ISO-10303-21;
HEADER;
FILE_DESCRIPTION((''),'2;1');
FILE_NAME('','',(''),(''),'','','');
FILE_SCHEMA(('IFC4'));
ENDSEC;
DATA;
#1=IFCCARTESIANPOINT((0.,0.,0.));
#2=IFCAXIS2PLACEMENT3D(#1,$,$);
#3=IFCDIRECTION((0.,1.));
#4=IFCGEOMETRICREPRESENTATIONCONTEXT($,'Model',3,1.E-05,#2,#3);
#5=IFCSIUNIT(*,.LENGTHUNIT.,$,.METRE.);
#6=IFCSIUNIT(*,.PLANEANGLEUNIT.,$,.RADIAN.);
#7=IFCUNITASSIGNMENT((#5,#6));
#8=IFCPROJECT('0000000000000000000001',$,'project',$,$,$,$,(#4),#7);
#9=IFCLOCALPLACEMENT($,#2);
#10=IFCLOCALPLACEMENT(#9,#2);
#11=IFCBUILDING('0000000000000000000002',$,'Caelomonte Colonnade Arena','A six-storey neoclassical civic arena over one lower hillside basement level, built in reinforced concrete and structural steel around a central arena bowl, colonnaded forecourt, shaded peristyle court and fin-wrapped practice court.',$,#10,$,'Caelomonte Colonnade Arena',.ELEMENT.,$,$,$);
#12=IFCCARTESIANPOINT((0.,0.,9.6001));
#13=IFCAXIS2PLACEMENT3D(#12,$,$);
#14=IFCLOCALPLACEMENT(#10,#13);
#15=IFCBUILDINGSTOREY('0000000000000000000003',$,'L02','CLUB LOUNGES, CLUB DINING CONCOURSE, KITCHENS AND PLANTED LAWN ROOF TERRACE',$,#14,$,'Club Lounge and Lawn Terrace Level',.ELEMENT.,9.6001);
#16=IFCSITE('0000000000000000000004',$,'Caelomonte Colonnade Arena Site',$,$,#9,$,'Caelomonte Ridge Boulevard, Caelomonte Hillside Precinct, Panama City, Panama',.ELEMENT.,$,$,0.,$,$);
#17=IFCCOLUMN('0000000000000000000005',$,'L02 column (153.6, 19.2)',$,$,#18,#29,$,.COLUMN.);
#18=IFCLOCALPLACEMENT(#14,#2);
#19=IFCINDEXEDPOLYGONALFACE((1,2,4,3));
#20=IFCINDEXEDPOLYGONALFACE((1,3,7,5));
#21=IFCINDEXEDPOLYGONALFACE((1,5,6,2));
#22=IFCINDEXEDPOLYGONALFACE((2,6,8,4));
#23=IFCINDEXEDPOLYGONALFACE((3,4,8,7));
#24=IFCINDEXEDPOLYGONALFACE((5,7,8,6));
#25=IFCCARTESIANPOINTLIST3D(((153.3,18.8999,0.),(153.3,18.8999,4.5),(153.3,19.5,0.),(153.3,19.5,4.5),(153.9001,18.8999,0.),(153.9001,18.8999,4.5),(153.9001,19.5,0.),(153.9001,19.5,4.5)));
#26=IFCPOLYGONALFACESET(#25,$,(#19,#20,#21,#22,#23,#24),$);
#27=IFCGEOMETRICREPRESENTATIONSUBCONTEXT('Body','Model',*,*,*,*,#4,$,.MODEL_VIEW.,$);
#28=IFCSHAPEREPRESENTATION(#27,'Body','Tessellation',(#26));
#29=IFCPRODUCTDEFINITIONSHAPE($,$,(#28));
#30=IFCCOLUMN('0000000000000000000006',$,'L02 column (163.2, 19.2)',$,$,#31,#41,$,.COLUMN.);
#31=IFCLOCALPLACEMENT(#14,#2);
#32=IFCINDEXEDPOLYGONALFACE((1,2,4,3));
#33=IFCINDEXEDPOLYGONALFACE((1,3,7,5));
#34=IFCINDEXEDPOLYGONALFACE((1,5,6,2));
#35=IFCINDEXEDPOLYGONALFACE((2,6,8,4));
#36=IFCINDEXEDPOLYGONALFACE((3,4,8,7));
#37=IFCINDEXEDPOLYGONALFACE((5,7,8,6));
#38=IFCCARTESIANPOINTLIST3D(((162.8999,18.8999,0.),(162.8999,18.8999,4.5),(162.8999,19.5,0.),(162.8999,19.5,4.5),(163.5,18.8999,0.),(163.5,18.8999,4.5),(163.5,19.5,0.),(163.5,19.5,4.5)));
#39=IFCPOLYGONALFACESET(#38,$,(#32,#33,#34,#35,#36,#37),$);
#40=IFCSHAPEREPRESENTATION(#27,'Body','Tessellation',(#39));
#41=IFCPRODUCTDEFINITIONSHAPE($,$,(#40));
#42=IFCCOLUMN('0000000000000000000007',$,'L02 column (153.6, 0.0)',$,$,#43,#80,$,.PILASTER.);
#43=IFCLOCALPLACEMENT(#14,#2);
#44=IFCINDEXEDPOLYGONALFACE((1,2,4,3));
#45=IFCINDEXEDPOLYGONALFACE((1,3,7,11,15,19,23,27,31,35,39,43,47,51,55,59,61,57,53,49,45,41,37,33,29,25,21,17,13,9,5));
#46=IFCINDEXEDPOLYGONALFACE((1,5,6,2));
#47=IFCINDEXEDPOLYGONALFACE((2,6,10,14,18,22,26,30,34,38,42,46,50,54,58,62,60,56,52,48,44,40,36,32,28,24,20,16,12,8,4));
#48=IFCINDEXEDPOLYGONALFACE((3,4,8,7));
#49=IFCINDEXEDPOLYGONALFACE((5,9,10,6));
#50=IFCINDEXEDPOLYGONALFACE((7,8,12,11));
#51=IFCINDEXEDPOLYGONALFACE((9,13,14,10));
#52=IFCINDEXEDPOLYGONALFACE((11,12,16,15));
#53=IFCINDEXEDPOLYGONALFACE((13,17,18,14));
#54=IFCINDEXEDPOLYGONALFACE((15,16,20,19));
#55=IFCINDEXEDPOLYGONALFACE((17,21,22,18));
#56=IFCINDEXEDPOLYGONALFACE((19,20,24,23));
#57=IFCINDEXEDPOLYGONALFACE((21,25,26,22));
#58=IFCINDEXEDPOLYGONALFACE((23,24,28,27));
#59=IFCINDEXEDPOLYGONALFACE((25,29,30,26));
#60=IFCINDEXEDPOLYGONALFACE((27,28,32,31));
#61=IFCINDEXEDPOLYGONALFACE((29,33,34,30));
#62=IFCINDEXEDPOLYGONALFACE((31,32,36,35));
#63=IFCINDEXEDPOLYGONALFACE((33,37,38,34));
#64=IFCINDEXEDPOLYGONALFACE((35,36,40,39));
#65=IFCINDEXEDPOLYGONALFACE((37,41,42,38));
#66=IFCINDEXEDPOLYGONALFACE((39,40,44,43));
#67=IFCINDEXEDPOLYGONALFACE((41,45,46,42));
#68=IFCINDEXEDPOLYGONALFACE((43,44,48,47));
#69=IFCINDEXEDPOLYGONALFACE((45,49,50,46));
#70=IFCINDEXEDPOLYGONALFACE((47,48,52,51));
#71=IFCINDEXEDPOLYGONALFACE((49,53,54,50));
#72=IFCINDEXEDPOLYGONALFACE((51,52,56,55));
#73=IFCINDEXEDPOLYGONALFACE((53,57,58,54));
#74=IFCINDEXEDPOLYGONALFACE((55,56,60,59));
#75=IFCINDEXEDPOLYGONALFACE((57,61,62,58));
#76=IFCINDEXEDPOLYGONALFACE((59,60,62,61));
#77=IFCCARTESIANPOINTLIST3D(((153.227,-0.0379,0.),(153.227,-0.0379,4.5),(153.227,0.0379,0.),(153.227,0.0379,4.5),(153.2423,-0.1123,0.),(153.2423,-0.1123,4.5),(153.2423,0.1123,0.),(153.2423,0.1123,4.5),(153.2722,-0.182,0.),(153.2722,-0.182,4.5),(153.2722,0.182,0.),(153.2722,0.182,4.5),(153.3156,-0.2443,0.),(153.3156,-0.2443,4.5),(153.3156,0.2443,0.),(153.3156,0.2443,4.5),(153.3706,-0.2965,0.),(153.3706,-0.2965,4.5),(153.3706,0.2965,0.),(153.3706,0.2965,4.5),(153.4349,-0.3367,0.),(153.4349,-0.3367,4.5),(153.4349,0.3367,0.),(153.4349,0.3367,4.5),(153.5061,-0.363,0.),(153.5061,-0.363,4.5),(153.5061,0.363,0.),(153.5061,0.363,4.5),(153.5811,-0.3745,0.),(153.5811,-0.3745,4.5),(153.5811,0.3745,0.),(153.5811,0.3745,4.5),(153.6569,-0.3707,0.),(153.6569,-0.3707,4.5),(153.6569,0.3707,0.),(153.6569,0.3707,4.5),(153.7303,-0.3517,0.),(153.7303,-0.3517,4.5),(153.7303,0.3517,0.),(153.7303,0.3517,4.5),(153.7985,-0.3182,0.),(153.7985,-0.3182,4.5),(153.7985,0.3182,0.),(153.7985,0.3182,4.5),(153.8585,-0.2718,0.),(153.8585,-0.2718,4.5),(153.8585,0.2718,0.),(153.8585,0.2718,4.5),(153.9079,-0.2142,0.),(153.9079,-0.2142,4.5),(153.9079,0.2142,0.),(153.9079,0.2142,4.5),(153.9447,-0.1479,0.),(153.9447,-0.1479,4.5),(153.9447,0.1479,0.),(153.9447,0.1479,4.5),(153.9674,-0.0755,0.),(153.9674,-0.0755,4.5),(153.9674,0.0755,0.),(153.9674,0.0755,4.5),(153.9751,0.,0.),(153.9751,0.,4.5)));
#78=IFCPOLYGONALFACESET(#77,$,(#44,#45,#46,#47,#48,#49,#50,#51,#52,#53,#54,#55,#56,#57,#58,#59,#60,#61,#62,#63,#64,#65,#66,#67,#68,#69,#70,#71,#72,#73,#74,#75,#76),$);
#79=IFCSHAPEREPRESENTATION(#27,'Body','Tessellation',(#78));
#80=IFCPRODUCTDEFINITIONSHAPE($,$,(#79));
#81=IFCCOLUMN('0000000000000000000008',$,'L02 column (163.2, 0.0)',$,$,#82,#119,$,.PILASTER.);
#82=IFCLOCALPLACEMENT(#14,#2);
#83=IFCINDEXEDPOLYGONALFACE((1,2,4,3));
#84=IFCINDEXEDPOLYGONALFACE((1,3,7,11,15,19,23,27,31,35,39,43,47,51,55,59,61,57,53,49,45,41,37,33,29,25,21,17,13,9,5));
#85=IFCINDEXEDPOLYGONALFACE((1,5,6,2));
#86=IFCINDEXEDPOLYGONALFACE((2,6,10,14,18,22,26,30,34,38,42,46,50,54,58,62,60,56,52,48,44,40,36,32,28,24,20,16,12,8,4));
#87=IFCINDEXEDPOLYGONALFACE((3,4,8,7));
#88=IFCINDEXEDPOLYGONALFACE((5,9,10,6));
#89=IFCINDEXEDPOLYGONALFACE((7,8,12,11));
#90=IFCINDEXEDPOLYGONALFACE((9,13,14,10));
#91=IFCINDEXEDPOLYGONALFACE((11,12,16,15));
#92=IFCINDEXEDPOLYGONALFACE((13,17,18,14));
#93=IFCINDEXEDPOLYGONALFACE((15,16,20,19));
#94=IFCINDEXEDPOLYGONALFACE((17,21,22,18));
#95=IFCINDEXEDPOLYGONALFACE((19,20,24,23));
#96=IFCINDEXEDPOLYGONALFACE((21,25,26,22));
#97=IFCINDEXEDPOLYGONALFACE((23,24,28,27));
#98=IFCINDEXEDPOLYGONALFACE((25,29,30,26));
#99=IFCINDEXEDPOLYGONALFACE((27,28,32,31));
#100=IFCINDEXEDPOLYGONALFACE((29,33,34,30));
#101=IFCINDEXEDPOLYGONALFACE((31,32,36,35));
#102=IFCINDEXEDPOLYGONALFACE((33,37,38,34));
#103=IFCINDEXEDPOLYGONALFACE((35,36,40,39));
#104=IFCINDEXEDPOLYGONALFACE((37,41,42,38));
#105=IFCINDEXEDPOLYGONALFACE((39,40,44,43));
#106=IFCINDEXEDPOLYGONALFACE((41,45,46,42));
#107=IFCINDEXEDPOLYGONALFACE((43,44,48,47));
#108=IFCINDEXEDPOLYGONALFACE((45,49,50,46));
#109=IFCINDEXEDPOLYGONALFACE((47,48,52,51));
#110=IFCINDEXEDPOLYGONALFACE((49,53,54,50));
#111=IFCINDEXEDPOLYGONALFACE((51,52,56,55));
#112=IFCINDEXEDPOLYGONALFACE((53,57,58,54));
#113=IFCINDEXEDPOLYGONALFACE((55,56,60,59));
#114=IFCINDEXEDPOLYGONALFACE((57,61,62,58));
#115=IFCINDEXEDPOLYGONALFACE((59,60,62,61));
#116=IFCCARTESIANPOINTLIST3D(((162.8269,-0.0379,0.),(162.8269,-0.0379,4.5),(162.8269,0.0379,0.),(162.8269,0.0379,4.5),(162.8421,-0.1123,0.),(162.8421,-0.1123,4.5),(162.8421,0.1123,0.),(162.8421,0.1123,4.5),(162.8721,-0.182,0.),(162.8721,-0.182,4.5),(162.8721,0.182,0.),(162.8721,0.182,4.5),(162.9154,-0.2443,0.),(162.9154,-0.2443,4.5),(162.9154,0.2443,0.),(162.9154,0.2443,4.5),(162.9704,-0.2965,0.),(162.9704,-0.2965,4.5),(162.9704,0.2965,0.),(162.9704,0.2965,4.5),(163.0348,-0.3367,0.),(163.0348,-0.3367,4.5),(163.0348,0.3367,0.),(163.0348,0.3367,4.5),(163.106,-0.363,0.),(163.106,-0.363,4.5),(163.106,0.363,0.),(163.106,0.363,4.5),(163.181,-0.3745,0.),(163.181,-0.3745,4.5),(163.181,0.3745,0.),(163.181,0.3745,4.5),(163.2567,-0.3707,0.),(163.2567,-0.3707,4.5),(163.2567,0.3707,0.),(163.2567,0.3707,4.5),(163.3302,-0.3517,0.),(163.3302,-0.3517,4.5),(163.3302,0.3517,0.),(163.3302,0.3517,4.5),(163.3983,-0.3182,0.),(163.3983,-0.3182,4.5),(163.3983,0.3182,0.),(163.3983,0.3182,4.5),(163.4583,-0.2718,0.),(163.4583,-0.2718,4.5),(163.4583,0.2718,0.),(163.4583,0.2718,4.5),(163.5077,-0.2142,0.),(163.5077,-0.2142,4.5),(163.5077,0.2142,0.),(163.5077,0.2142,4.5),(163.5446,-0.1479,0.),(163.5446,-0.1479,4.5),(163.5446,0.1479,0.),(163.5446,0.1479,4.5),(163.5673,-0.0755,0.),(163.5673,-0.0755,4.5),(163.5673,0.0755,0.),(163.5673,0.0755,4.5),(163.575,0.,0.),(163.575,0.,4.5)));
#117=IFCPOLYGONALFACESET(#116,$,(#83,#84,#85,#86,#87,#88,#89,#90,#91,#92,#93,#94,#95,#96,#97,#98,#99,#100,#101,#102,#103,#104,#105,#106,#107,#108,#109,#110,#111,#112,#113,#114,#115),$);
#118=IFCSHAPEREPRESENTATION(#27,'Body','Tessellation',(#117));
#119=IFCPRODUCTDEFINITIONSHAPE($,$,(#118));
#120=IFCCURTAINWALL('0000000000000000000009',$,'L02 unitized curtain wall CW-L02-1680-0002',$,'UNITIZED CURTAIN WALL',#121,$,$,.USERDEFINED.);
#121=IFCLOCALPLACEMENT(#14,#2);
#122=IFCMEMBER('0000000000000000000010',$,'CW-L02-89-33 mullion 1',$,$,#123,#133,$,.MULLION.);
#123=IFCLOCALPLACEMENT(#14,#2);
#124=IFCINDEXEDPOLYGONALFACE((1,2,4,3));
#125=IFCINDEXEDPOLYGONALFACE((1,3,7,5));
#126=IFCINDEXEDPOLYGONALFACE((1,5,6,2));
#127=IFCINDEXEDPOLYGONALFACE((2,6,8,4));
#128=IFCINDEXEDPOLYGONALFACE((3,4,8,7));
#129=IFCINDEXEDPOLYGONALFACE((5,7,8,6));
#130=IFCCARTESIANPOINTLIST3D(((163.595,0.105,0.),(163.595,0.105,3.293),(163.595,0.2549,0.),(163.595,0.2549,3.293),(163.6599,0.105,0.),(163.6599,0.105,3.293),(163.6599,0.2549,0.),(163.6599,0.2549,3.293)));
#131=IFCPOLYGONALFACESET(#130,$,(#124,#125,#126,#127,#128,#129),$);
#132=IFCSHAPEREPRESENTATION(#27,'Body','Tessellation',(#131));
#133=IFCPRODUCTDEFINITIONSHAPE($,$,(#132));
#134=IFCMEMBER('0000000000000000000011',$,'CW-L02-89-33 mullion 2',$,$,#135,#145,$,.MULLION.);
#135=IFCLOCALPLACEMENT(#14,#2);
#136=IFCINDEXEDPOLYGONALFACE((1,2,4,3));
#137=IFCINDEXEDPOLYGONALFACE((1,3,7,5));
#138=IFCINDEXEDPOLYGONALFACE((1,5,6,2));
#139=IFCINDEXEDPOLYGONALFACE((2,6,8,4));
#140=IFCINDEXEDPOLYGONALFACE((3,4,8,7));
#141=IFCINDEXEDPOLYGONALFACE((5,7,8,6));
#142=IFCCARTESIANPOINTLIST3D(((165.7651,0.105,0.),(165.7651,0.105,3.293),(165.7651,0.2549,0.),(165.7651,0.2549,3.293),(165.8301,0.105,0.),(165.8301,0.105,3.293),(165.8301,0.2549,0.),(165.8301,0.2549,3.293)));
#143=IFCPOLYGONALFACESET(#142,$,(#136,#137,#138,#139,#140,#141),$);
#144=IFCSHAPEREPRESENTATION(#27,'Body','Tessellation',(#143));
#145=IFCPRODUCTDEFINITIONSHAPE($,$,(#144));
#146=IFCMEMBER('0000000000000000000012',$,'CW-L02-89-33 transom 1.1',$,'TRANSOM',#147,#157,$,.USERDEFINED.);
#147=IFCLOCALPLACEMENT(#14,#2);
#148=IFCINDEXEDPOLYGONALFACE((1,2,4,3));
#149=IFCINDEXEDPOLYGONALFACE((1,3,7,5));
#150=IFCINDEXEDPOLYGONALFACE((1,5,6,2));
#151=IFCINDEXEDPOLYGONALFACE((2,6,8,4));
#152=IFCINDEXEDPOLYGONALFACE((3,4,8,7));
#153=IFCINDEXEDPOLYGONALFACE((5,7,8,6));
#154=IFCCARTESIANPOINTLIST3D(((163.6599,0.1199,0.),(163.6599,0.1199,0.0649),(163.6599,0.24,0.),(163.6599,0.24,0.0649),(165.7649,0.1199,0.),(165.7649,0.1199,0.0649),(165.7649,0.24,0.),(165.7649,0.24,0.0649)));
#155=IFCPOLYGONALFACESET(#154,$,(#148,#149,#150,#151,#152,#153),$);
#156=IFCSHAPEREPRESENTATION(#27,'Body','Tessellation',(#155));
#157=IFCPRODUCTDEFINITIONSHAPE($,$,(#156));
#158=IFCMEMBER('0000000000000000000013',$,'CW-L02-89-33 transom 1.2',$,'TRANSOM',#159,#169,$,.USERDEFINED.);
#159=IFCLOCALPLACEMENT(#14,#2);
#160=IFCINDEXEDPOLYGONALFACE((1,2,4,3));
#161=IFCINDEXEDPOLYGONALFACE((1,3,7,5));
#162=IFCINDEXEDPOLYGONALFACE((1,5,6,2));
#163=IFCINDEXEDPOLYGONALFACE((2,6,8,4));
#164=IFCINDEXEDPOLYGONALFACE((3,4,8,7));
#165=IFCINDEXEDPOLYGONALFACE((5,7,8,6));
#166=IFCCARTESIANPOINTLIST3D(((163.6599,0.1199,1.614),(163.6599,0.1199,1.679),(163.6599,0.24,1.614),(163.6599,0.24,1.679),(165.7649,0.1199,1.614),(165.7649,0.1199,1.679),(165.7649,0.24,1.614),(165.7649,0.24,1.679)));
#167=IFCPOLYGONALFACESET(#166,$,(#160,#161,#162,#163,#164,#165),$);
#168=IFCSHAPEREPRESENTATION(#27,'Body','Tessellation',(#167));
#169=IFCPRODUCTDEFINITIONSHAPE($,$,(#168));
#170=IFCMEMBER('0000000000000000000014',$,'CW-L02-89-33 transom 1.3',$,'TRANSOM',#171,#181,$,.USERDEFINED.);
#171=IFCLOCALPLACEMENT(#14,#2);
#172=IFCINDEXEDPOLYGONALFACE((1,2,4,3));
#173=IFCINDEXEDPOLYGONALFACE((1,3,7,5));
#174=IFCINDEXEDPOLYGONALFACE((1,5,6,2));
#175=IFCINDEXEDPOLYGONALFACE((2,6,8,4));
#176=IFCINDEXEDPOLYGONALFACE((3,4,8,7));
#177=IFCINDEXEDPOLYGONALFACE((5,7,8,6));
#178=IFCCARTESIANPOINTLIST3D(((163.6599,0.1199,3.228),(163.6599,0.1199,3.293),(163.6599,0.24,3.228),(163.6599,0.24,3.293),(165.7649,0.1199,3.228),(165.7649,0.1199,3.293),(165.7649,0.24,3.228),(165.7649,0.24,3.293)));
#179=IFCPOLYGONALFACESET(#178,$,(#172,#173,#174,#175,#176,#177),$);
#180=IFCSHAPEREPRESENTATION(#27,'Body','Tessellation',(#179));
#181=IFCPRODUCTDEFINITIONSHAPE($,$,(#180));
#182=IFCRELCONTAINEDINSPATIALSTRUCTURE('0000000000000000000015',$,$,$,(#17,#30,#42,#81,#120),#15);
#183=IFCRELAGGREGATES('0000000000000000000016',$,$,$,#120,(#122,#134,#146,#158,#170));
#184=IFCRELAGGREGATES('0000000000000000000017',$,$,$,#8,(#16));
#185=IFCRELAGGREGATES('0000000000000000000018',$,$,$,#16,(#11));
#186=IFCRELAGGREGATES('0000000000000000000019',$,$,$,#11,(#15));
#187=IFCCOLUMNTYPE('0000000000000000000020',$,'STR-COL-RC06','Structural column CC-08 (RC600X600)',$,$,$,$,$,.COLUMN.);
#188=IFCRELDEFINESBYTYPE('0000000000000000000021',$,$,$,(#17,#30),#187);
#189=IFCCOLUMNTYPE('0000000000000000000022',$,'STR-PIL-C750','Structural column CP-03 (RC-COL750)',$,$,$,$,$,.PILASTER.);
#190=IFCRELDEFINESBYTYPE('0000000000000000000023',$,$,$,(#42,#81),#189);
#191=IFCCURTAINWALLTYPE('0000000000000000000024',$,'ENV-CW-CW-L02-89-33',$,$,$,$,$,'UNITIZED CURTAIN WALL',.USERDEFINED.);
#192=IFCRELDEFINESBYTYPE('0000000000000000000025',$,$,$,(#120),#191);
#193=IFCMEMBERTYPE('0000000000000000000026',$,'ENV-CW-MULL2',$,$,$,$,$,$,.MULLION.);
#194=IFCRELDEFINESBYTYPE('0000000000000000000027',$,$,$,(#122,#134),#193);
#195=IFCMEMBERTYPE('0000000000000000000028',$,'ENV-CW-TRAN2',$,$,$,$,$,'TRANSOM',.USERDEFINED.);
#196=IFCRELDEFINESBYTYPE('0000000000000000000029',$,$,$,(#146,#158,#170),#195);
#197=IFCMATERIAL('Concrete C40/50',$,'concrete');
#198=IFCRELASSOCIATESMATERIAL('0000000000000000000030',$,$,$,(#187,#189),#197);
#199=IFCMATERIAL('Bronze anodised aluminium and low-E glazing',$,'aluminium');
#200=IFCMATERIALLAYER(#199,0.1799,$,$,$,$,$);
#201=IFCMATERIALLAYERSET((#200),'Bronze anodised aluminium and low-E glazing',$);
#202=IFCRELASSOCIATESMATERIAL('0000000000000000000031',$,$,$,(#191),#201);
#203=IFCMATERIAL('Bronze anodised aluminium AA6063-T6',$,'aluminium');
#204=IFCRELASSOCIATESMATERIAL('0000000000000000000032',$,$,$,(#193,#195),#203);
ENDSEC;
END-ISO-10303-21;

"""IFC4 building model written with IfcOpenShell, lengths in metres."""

from ifc_helpers import new_model, si_unit, direction, frame, origin, origin_2d, place, context, subcontext, project, spatial, rectangle, circle, extrude, material, layer, layer_set, material_profile, profile_set, type_object, element, aggregate, save


model = new_model("IFC4")

# Units and contexts
model_context = context("Model", 3, precision=1e-05, world=origin(), true_north=direction((0.0, 1.0)))
body_context = subcontext(model_context, "Body", "Model", "MODEL_VIEW")
ifc_project = project(units=[si_unit("LENGTHUNIT", "METRE"), si_unit("PLANEANGLEUNIT", "RADIAN")], contexts=[model_context])

# Site, building, storey
site_placement = place(None, origin())
site = spatial("IfcSite", under=ifc_project, at=site_placement, Name="Caelomonte Colonnade Arena Site", LongName="Caelomonte Ridge Boulevard, Caelomonte Hillside Precinct, Panama City, Panama", CompositionType="ELEMENT", RefElevation=0.0)
building_placement = place(site_placement, origin())
building = spatial("IfcBuilding", under=site, at=building_placement, Name="Caelomonte Colonnade Arena", Description="A six-storey neoclassical civic arena over one lower hillside basement level, built in reinforced concrete and structural steel around a central arena bowl, colonnaded forecourt, shaded peristyle court and fin-wrapped practice court.", LongName="Caelomonte Colonnade Arena", CompositionType="ELEMENT")
storey_placement = place(building_placement, frame((0.0, 0.0, 9.6001)))
storey = spatial("IfcBuildingStorey", under=building, at=storey_placement, Name="L02", Description="CLUB LOUNGES, CLUB DINING CONCOURSE, KITCHENS AND PLANTED LAWN ROOF TERRACE", LongName="Club Lounge and Lawn Terrace Level", CompositionType="ELEMENT", Elevation=9.6001)

# Columns
ifc_material_1 = material(Name="Concrete C40/50", Category="concrete")
ifc_material_profile_1 = material_profile(ifc_material_1, rectangle(XDim=0.6001, YDim=0.6001, at=origin_2d()), Name="RC600X600")
ifc_profile_set_1 = profile_set([ifc_material_profile_1], Name="Concrete C40/50")
column_type_1 = type_object("IfcColumnType", Name="STR-COL-RC06", Description="Structural column CC-08 (RC600X600)", PredefinedType="COLUMN", material=ifc_profile_set_1)
for number, where, z_axis, x_axis, name in (
    (1, (153.6001, 19.2, 0.0), (0.0, 0.0, 1.0), (1.0, 0.0, 0.0), "L02 column (153.6, 19.2)"),
    (2, (163.2, 19.2, 0.0), (0.0, 0.0, 1.0), (1.0, 0.0, 0.0), "L02 column (163.2, 19.2)"),
):
    element("IfcColumn", number, at=place(storey_placement, frame(where, z_axis=z_axis, x_axis=x_axis)), inside=storey, type_object=column_type_1, Name=name, PredefinedType="COLUMN", context=body_context, shape_type="SweptSolid", body=[
        extrude(rectangle(XDim=0.6001, YDim=0.6001, at=origin_2d()), origin(), (0.0, 0.0, 1.0), 4.5),
    ])
ifc_material_profile_2 = material_profile(ifc_material_1, circle(Radius=0.375, at=origin_2d()), Name="RC-COL750")
ifc_profile_set_2 = profile_set([ifc_material_profile_2], Name="Concrete C40/50")
column_type_2 = type_object("IfcColumnType", Name="STR-PIL-C750", Description="Structural column CP-03 (RC-COL750)", PredefinedType="PILASTER", material=ifc_profile_set_2)
for number, where, z_axis, x_axis, name in (
    (3, (153.6001, 0.0, 0.0), (0.0, 0.0, 1.0), (1.0, 0.0, 0.0), "L02 column (153.6, 0.0)"),
    (4, (163.2, 0.0, 0.0), (0.0, 0.0, 1.0), (1.0, 0.0, 0.0), "L02 column (163.2, 0.0)"),
):
    element("IfcColumn", number, at=place(storey_placement, frame(where, z_axis=z_axis, x_axis=x_axis)), inside=storey, type_object=column_type_2, Name=name, PredefinedType="PILASTER", context=body_context, shape_type="SweptSolid", body=[
        extrude(circle(Radius=0.375, at=origin_2d()), origin(), (0.0, 0.0, 1.0), 4.5),
    ])

# Curtain wall, members
ifc_material_2 = material(Name="Bronze anodised aluminium and low-E glazing", Category="aluminium")
ifc_layer_1 = layer(ifc_material_2, 0.1799)
ifc_layer_set_1 = layer_set([ifc_layer_1], Name="Bronze anodised aluminium and low-E glazing")
curtain_wall_type = type_object("IfcCurtainWallType", Name="ENV-CW-CW-L02-89-33", ElementType="UNITIZED CURTAIN WALL", PredefinedType="USERDEFINED", material=ifc_layer_set_1)
curtain_wall_placement = place(storey_placement, origin())
curtain_wall = element("IfcCurtainWall", 5, at=curtain_wall_placement, inside=storey, type_object=curtain_wall_type, Name="L02 unitized curtain wall CW-L02-1680-0002", ObjectType="UNITIZED CURTAIN WALL", PredefinedType="USERDEFINED")
ifc_material_3 = material(Name="Bronze anodised aluminium AA6063-T6", Category="aluminium")
ifc_material_profile_3 = material_profile(ifc_material_3, rectangle(XDim=0.0649, YDim=0.1499, at=origin_2d()), Name="CWM-65X150")
ifc_profile_set_3 = profile_set([ifc_material_profile_3], Name="Bronze anodised aluminium AA6063-T6")
member_type_1 = type_object("IfcMemberType", Name="ENV-CW-MULL2", PredefinedType="MULLION", material=ifc_profile_set_3)
member_1_placement = place(storey_placement, frame((163.6274, 0.1799, 0.0), z_axis=(0.0, 0.0, 1.0), x_axis=(1.0, 0.0, 0.0)))
member_1 = element("IfcMember", 6, at=member_1_placement, type_object=member_type_1, Name="CW-L02-89-33 mullion 1", PredefinedType="MULLION", context=body_context, shape_type="SweptSolid", body=[
    extrude(rectangle(XDim=0.0649, YDim=0.1499, at=origin_2d()), origin(), (0.0, 0.0, 1.0), 3.293),
])
member_2_placement = place(storey_placement, frame((165.7976, 0.1799, 0.0), z_axis=(0.0, 0.0, 1.0), x_axis=(1.0, 0.0, 0.0)))
member_2 = element("IfcMember", 7, at=member_2_placement, type_object=member_type_1, Name="CW-L02-89-33 mullion 2", PredefinedType="MULLION", context=body_context, shape_type="SweptSolid", body=[
    extrude(rectangle(XDim=0.0649, YDim=0.1499, at=origin_2d()), origin(), (0.0, 0.0, 1.0), 3.293),
])
ifc_material_profile_4 = material_profile(ifc_material_3, rectangle(XDim=0.0649, YDim=0.1201, at=origin_2d()), Name="CWT-65X120")
ifc_profile_set_4 = profile_set([ifc_material_profile_4], Name="Bronze anodised aluminium AA6063-T6")
member_type_2 = type_object("IfcMemberType", Name="ENV-CW-TRAN2", ElementType="TRANSOM", PredefinedType="USERDEFINED", material=ifc_profile_set_4)
member_3_placement = place(storey_placement, frame((163.6599, 0.1799, 0.0325), z_axis=(1.0, 0.0, 0.0), x_axis=(0.0, 0.0, 1.0)))
member_3 = element("IfcMember", 8, at=member_3_placement, type_object=member_type_2, Name="CW-L02-89-33 transom 1.1", ObjectType="TRANSOM", PredefinedType="USERDEFINED", context=body_context, shape_type="SweptSolid", body=[
    extrude(rectangle(XDim=0.0649, YDim=0.1201, at=origin_2d()), origin(), (0.0, 0.0, 1.0), 2.105),
])
member_4_placement = place(storey_placement, frame((163.6599, 0.1799, 1.6465), z_axis=(1.0, 0.0, 0.0), x_axis=(0.0, 0.0, 1.0)))
member_4 = element("IfcMember", 9, at=member_4_placement, type_object=member_type_2, Name="CW-L02-89-33 transom 1.2", ObjectType="TRANSOM", PredefinedType="USERDEFINED", context=body_context, shape_type="SweptSolid", body=[
    extrude(rectangle(XDim=0.0649, YDim=0.1201, at=origin_2d()), origin(), (0.0, 0.0, 1.0), 2.105),
])
member_5_placement = place(storey_placement, frame((163.6599, 0.1799, 3.2605), z_axis=(1.0, 0.0, 0.0), x_axis=(0.0, 0.0, 1.0)))
member_5 = element("IfcMember", 10, at=member_5_placement, type_object=member_type_2, Name="CW-L02-89-33 transom 1.3", ObjectType="TRANSOM", PredefinedType="USERDEFINED", context=body_context, shape_type="SweptSolid", body=[
    extrude(rectangle(XDim=0.0649, YDim=0.1201, at=origin_2d()), origin(), (0.0, 0.0, 1.0), 2.105),
])

aggregate(curtain_wall, [member_1, member_2, member_3, member_4, member_5])

save(model, "model.ifc")
